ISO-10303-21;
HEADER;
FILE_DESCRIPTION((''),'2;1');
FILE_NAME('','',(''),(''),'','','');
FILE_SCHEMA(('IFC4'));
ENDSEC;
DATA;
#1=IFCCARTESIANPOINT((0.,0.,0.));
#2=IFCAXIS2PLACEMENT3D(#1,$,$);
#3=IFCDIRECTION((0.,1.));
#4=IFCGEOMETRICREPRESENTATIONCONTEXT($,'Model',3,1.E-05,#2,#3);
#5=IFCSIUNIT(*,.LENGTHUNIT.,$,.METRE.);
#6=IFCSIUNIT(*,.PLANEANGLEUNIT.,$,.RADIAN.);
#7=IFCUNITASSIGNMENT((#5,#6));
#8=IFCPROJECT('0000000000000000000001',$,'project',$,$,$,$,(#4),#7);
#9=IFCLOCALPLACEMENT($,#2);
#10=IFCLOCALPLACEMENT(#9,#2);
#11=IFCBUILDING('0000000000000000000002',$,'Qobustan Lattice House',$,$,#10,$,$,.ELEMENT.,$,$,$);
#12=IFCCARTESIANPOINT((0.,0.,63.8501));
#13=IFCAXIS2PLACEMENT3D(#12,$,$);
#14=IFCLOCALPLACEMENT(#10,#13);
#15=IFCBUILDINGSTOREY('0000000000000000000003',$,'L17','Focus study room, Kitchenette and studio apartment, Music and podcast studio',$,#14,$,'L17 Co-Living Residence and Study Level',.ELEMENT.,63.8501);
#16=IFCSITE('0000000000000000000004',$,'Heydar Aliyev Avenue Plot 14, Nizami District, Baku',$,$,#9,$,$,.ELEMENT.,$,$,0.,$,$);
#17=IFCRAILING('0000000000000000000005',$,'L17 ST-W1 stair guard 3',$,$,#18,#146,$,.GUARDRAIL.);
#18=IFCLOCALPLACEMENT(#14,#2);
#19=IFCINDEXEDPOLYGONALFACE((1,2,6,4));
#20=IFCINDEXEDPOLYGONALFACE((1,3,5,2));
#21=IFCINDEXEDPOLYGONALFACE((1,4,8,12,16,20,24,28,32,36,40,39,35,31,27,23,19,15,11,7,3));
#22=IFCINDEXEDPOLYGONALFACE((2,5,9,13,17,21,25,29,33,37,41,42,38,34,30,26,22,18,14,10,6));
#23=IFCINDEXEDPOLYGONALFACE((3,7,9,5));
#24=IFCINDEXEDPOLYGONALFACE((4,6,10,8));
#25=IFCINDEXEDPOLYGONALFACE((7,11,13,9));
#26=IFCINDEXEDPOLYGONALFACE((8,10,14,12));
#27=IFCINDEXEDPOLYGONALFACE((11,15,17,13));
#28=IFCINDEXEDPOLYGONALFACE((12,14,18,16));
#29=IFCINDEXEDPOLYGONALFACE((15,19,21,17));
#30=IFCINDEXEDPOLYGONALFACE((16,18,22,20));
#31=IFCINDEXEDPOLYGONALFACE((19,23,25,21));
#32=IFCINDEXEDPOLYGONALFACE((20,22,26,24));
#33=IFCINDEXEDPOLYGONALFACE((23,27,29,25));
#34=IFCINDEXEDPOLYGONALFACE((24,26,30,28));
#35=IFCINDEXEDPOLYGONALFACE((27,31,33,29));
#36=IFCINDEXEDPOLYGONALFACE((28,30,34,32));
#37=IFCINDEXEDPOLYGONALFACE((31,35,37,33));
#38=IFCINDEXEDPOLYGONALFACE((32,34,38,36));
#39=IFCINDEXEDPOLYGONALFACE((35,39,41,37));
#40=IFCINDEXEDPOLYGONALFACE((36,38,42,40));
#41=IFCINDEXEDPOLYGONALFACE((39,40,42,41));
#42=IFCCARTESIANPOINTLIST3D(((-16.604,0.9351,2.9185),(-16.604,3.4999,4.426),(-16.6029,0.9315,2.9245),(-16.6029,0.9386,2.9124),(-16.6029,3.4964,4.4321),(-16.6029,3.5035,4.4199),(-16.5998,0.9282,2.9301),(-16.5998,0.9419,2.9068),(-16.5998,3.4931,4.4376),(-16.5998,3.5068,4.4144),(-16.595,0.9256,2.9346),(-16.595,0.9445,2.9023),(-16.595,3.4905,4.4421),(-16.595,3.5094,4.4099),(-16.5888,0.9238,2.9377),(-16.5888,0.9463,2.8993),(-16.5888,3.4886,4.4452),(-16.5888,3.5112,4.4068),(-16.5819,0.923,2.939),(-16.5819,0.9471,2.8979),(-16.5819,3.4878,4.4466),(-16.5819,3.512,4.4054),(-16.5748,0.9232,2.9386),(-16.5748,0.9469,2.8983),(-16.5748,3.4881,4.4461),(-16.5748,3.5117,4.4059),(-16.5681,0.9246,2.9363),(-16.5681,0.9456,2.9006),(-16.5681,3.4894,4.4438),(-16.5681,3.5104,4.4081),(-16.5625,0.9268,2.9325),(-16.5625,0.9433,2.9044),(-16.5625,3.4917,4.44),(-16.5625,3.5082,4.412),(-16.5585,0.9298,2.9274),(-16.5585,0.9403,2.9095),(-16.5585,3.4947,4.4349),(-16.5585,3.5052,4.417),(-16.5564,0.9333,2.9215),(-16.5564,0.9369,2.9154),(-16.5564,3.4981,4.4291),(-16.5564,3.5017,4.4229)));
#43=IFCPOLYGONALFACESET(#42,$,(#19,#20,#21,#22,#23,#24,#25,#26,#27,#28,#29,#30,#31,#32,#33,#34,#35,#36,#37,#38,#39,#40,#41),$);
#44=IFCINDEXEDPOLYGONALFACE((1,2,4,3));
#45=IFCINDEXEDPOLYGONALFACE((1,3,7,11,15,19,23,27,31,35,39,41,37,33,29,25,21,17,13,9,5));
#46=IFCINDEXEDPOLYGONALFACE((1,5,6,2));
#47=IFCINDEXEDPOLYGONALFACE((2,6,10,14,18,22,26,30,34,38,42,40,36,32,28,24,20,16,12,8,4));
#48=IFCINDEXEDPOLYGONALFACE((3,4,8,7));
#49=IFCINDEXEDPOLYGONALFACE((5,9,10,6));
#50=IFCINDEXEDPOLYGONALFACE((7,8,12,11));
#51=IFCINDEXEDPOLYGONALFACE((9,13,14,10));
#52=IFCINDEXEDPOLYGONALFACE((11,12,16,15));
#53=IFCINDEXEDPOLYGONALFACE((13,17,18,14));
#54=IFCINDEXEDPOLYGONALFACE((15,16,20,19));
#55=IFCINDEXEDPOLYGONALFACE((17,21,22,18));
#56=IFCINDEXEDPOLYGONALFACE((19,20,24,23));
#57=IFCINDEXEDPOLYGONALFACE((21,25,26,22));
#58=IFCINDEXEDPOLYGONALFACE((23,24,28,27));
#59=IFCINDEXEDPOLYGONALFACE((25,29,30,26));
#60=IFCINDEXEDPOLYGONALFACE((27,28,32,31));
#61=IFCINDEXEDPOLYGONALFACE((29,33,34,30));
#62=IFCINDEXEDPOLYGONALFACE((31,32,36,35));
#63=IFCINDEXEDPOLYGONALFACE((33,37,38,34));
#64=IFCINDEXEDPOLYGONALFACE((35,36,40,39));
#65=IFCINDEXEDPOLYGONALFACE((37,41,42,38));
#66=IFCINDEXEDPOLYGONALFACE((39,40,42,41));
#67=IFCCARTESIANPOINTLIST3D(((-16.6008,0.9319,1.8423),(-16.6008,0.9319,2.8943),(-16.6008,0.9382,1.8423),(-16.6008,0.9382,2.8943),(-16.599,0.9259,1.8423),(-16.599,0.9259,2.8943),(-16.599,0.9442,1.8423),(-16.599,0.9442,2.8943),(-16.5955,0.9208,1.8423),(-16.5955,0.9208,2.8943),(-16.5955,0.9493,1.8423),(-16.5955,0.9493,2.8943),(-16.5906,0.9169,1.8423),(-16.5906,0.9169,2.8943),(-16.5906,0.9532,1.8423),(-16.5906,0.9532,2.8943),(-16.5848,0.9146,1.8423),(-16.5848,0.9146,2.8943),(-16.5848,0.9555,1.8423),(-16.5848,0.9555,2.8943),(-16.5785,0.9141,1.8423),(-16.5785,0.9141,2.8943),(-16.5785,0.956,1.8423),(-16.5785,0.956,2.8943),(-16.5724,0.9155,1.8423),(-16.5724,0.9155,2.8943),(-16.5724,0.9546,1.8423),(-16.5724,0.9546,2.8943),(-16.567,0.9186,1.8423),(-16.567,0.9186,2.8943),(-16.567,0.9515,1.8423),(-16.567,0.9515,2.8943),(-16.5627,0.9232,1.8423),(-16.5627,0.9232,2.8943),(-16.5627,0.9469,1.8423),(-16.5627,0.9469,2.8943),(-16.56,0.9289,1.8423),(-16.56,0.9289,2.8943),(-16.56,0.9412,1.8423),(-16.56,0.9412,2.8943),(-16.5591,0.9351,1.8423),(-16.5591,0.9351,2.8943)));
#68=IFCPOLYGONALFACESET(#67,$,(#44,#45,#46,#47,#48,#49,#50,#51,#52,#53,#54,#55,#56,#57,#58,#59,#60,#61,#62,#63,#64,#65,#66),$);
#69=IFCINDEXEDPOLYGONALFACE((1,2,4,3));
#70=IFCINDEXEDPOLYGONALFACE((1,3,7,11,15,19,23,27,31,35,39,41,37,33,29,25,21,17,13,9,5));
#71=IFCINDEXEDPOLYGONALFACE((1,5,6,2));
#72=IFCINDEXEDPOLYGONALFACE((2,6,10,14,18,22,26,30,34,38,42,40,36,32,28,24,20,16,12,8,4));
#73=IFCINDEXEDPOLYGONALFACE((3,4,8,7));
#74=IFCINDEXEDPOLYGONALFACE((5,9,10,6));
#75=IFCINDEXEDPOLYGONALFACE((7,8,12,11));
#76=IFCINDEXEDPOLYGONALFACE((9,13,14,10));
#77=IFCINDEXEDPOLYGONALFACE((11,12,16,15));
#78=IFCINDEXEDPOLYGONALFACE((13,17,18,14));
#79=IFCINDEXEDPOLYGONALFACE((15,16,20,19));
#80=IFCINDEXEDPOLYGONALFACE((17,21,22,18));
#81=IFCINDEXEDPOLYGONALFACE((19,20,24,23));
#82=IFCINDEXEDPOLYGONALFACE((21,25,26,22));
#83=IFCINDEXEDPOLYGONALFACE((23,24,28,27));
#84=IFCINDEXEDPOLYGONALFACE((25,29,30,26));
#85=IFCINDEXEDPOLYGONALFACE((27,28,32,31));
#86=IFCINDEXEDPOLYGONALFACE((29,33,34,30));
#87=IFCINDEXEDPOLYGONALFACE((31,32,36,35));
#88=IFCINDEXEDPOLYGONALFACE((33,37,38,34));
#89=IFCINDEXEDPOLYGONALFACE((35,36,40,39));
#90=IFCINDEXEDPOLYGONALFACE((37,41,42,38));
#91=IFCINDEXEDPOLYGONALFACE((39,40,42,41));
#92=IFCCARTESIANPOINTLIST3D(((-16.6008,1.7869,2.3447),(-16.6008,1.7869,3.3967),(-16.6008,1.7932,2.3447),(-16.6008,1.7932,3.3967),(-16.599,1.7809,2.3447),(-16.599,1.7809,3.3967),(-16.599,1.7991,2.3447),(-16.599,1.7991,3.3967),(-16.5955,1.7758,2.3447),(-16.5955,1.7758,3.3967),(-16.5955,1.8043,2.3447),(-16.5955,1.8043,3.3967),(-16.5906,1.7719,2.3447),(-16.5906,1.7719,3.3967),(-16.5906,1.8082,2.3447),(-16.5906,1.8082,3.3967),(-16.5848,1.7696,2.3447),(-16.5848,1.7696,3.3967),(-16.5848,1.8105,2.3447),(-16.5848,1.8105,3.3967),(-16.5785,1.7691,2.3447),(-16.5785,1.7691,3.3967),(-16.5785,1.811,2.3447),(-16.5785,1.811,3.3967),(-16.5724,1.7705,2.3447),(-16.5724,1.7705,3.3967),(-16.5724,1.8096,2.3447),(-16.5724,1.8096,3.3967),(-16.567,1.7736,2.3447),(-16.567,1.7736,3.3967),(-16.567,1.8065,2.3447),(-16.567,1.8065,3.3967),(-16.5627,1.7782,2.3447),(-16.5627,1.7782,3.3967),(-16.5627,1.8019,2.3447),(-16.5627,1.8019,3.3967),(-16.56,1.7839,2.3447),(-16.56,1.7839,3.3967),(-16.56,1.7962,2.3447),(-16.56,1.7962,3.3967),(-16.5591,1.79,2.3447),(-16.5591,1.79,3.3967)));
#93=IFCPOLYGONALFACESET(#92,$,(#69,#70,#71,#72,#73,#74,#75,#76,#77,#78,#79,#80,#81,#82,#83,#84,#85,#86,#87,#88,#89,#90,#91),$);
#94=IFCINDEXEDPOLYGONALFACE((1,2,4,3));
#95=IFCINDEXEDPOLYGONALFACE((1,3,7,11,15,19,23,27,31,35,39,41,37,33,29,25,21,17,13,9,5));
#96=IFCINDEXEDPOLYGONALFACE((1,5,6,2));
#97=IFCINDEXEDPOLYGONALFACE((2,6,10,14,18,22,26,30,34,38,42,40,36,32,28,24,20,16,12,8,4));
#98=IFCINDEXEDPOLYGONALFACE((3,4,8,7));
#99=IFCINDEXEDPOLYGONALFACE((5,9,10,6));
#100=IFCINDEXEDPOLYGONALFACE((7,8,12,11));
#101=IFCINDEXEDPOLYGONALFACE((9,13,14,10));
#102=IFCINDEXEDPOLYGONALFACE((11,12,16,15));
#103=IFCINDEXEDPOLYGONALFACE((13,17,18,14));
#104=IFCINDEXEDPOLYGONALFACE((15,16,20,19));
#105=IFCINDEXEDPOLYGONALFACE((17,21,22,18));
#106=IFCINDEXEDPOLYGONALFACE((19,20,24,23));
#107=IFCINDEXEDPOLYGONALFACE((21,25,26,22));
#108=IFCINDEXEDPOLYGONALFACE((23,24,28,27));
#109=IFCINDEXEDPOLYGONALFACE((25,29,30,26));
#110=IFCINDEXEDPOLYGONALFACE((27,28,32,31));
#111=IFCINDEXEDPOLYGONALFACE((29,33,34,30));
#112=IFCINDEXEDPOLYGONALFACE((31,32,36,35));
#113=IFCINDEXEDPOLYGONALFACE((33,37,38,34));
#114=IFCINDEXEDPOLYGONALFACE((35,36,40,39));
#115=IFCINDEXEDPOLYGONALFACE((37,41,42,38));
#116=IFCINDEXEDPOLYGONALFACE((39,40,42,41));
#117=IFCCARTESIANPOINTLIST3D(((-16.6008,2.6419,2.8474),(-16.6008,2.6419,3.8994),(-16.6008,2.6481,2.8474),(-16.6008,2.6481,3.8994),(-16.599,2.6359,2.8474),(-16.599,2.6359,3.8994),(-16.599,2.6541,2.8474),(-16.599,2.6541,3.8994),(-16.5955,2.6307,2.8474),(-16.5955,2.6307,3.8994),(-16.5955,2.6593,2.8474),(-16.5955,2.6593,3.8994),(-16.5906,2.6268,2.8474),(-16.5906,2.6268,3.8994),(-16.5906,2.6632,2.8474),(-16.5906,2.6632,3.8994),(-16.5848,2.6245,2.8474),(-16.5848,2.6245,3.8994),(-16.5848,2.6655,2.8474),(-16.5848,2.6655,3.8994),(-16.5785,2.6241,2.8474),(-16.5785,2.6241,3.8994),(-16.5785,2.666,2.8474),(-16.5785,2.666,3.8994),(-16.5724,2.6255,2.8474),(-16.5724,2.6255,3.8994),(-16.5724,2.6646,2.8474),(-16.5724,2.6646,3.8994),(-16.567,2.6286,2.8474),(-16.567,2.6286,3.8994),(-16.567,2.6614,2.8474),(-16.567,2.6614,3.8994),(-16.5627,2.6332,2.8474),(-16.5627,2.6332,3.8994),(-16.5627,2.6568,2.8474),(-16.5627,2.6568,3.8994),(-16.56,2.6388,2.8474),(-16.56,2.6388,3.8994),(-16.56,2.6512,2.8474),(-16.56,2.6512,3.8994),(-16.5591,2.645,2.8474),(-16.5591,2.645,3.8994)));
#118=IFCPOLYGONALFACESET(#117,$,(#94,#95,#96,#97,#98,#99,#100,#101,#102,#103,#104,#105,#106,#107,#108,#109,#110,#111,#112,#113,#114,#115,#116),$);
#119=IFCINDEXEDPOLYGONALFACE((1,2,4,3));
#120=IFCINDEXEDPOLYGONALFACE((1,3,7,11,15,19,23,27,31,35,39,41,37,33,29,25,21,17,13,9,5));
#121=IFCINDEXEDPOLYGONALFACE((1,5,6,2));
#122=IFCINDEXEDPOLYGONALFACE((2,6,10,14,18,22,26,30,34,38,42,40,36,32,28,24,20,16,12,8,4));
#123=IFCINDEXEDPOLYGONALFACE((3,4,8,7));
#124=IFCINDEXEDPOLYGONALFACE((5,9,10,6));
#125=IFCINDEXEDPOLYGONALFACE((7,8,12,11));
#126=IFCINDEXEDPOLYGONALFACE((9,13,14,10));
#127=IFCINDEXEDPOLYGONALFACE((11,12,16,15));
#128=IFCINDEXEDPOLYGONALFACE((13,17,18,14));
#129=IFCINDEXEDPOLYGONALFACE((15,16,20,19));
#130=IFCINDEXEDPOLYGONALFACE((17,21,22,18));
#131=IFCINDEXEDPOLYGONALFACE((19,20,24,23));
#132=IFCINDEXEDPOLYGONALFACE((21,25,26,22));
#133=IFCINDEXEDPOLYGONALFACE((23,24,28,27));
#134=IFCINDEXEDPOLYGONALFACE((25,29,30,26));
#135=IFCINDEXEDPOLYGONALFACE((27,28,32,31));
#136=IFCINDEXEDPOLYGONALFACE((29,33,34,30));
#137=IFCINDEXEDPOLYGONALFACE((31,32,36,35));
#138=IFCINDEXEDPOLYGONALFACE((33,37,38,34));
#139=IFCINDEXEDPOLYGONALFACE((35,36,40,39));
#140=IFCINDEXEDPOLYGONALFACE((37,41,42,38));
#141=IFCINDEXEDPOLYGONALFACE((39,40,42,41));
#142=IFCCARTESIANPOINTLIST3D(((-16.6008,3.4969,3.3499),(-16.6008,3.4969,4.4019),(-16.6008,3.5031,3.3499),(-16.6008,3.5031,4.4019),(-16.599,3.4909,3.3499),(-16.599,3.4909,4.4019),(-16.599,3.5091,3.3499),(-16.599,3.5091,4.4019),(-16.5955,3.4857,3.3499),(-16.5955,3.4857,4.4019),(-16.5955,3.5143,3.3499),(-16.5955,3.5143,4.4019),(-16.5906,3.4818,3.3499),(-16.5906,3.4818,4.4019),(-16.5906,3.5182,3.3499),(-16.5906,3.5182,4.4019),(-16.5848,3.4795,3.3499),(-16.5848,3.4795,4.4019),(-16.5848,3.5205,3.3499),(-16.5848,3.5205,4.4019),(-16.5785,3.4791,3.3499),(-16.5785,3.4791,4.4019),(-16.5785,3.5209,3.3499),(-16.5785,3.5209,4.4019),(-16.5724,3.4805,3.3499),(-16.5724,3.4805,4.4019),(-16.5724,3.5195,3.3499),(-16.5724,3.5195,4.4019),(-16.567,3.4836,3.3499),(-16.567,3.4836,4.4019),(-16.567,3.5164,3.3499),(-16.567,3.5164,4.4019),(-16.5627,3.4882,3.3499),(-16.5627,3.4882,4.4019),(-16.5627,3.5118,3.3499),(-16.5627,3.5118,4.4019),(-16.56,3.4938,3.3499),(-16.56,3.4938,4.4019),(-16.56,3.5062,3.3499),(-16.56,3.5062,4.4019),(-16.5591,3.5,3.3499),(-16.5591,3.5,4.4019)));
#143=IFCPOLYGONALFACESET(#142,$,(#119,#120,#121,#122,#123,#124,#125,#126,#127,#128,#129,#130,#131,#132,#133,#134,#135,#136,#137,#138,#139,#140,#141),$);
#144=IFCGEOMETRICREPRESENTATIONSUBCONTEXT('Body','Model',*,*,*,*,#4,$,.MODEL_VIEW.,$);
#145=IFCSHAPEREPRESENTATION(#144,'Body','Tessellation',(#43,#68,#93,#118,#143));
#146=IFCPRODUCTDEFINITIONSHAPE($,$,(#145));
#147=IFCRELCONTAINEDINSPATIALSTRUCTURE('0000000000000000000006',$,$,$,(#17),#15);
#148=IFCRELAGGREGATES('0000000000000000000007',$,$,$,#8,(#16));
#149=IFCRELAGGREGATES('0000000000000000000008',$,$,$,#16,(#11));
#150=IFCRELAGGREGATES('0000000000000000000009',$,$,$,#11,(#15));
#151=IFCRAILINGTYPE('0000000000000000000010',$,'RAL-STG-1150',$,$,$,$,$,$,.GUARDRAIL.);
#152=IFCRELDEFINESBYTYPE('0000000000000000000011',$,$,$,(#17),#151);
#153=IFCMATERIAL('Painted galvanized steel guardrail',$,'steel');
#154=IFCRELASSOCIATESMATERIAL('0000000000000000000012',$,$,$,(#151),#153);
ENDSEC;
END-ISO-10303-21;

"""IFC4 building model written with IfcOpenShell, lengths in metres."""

from ifc_helpers import new_model, si_unit, direction, frame, origin, origin_2d, place, context, subcontext, project, spatial, circle, extrude, material, type_object, element, save


model = new_model("IFC4")

# Units and contexts
model_context = context("Model", 3, precision=1e-05, world=origin(), true_north=direction((0.0, 1.0)))
body_context = subcontext(model_context, "Body", "Model", "MODEL_VIEW")
ifc_project = project(units=[si_unit("LENGTHUNIT", "METRE"), si_unit("PLANEANGLEUNIT", "RADIAN")], contexts=[model_context])

# Site, building, storey
site_placement = place(None, origin())
site = spatial("IfcSite", under=ifc_project, at=site_placement, Name="Heydar Aliyev Avenue Plot 14, Nizami District, Baku", CompositionType="ELEMENT", RefElevation=0.0)
building_placement = place(site_placement, origin())
building = spatial("IfcBuilding", under=site, at=building_placement, Name="Qobustan Lattice House", CompositionType="ELEMENT")
storey_placement = place(building_placement, frame((0.0, 0.0, 63.8501)))
storey = spatial("IfcBuildingStorey", under=building, at=storey_placement, Name="L17", Description="Focus study room, Kitchenette and studio apartment, Music and podcast studio", LongName="L17 Co-Living Residence and Study Level", CompositionType="ELEMENT", Elevation=63.8501)

# Railing
ifc_material_1 = material(Name="Painted galvanized steel guardrail", Category="steel")
railing_type_1 = type_object("IfcRailingType", Name="RAL-STG-1150", PredefinedType="GUARDRAIL", material=ifc_material_1)
railing_1_placement = place(storey_placement, frame((-16.5801, 0.9351, 1.8423)))
element("IfcRailing", 1, at=railing_1_placement, inside=storey, type_object=railing_type_1, Name="L17 ST-W1 stair guard 3", PredefinedType="GUARDRAIL", context=body_context, shape_type="SweptSolid", body=[
    extrude(circle(Radius=0.0239, at=origin_2d()), frame((0.0, 0.0, 1.0762), z_axis=(0.0, 0.862113, 0.506715), x_axis=(-1.0, 0.0, 0.0)), (0.0, 0.0, 1.0), 2.9751),
    extrude(circle(Radius=0.021, at=origin_2d()), origin(), (0.0, 0.0, 1.0), 1.052),
    extrude(circle(Radius=0.021, at=origin_2d()), frame((0.0, 0.855, 0.5024)), (0.0, 0.0, 1.0), 1.052),
    extrude(circle(Radius=0.021, at=origin_2d()), frame((0.0, 1.71, 1.0051)), (0.0, 0.0, 1.0), 1.052),
    extrude(circle(Radius=0.021, at=origin_2d()), frame((0.0, 2.5649, 1.5076)), (0.0, 0.0, 1.0), 1.052),
])

save(model, "model.ifc")
